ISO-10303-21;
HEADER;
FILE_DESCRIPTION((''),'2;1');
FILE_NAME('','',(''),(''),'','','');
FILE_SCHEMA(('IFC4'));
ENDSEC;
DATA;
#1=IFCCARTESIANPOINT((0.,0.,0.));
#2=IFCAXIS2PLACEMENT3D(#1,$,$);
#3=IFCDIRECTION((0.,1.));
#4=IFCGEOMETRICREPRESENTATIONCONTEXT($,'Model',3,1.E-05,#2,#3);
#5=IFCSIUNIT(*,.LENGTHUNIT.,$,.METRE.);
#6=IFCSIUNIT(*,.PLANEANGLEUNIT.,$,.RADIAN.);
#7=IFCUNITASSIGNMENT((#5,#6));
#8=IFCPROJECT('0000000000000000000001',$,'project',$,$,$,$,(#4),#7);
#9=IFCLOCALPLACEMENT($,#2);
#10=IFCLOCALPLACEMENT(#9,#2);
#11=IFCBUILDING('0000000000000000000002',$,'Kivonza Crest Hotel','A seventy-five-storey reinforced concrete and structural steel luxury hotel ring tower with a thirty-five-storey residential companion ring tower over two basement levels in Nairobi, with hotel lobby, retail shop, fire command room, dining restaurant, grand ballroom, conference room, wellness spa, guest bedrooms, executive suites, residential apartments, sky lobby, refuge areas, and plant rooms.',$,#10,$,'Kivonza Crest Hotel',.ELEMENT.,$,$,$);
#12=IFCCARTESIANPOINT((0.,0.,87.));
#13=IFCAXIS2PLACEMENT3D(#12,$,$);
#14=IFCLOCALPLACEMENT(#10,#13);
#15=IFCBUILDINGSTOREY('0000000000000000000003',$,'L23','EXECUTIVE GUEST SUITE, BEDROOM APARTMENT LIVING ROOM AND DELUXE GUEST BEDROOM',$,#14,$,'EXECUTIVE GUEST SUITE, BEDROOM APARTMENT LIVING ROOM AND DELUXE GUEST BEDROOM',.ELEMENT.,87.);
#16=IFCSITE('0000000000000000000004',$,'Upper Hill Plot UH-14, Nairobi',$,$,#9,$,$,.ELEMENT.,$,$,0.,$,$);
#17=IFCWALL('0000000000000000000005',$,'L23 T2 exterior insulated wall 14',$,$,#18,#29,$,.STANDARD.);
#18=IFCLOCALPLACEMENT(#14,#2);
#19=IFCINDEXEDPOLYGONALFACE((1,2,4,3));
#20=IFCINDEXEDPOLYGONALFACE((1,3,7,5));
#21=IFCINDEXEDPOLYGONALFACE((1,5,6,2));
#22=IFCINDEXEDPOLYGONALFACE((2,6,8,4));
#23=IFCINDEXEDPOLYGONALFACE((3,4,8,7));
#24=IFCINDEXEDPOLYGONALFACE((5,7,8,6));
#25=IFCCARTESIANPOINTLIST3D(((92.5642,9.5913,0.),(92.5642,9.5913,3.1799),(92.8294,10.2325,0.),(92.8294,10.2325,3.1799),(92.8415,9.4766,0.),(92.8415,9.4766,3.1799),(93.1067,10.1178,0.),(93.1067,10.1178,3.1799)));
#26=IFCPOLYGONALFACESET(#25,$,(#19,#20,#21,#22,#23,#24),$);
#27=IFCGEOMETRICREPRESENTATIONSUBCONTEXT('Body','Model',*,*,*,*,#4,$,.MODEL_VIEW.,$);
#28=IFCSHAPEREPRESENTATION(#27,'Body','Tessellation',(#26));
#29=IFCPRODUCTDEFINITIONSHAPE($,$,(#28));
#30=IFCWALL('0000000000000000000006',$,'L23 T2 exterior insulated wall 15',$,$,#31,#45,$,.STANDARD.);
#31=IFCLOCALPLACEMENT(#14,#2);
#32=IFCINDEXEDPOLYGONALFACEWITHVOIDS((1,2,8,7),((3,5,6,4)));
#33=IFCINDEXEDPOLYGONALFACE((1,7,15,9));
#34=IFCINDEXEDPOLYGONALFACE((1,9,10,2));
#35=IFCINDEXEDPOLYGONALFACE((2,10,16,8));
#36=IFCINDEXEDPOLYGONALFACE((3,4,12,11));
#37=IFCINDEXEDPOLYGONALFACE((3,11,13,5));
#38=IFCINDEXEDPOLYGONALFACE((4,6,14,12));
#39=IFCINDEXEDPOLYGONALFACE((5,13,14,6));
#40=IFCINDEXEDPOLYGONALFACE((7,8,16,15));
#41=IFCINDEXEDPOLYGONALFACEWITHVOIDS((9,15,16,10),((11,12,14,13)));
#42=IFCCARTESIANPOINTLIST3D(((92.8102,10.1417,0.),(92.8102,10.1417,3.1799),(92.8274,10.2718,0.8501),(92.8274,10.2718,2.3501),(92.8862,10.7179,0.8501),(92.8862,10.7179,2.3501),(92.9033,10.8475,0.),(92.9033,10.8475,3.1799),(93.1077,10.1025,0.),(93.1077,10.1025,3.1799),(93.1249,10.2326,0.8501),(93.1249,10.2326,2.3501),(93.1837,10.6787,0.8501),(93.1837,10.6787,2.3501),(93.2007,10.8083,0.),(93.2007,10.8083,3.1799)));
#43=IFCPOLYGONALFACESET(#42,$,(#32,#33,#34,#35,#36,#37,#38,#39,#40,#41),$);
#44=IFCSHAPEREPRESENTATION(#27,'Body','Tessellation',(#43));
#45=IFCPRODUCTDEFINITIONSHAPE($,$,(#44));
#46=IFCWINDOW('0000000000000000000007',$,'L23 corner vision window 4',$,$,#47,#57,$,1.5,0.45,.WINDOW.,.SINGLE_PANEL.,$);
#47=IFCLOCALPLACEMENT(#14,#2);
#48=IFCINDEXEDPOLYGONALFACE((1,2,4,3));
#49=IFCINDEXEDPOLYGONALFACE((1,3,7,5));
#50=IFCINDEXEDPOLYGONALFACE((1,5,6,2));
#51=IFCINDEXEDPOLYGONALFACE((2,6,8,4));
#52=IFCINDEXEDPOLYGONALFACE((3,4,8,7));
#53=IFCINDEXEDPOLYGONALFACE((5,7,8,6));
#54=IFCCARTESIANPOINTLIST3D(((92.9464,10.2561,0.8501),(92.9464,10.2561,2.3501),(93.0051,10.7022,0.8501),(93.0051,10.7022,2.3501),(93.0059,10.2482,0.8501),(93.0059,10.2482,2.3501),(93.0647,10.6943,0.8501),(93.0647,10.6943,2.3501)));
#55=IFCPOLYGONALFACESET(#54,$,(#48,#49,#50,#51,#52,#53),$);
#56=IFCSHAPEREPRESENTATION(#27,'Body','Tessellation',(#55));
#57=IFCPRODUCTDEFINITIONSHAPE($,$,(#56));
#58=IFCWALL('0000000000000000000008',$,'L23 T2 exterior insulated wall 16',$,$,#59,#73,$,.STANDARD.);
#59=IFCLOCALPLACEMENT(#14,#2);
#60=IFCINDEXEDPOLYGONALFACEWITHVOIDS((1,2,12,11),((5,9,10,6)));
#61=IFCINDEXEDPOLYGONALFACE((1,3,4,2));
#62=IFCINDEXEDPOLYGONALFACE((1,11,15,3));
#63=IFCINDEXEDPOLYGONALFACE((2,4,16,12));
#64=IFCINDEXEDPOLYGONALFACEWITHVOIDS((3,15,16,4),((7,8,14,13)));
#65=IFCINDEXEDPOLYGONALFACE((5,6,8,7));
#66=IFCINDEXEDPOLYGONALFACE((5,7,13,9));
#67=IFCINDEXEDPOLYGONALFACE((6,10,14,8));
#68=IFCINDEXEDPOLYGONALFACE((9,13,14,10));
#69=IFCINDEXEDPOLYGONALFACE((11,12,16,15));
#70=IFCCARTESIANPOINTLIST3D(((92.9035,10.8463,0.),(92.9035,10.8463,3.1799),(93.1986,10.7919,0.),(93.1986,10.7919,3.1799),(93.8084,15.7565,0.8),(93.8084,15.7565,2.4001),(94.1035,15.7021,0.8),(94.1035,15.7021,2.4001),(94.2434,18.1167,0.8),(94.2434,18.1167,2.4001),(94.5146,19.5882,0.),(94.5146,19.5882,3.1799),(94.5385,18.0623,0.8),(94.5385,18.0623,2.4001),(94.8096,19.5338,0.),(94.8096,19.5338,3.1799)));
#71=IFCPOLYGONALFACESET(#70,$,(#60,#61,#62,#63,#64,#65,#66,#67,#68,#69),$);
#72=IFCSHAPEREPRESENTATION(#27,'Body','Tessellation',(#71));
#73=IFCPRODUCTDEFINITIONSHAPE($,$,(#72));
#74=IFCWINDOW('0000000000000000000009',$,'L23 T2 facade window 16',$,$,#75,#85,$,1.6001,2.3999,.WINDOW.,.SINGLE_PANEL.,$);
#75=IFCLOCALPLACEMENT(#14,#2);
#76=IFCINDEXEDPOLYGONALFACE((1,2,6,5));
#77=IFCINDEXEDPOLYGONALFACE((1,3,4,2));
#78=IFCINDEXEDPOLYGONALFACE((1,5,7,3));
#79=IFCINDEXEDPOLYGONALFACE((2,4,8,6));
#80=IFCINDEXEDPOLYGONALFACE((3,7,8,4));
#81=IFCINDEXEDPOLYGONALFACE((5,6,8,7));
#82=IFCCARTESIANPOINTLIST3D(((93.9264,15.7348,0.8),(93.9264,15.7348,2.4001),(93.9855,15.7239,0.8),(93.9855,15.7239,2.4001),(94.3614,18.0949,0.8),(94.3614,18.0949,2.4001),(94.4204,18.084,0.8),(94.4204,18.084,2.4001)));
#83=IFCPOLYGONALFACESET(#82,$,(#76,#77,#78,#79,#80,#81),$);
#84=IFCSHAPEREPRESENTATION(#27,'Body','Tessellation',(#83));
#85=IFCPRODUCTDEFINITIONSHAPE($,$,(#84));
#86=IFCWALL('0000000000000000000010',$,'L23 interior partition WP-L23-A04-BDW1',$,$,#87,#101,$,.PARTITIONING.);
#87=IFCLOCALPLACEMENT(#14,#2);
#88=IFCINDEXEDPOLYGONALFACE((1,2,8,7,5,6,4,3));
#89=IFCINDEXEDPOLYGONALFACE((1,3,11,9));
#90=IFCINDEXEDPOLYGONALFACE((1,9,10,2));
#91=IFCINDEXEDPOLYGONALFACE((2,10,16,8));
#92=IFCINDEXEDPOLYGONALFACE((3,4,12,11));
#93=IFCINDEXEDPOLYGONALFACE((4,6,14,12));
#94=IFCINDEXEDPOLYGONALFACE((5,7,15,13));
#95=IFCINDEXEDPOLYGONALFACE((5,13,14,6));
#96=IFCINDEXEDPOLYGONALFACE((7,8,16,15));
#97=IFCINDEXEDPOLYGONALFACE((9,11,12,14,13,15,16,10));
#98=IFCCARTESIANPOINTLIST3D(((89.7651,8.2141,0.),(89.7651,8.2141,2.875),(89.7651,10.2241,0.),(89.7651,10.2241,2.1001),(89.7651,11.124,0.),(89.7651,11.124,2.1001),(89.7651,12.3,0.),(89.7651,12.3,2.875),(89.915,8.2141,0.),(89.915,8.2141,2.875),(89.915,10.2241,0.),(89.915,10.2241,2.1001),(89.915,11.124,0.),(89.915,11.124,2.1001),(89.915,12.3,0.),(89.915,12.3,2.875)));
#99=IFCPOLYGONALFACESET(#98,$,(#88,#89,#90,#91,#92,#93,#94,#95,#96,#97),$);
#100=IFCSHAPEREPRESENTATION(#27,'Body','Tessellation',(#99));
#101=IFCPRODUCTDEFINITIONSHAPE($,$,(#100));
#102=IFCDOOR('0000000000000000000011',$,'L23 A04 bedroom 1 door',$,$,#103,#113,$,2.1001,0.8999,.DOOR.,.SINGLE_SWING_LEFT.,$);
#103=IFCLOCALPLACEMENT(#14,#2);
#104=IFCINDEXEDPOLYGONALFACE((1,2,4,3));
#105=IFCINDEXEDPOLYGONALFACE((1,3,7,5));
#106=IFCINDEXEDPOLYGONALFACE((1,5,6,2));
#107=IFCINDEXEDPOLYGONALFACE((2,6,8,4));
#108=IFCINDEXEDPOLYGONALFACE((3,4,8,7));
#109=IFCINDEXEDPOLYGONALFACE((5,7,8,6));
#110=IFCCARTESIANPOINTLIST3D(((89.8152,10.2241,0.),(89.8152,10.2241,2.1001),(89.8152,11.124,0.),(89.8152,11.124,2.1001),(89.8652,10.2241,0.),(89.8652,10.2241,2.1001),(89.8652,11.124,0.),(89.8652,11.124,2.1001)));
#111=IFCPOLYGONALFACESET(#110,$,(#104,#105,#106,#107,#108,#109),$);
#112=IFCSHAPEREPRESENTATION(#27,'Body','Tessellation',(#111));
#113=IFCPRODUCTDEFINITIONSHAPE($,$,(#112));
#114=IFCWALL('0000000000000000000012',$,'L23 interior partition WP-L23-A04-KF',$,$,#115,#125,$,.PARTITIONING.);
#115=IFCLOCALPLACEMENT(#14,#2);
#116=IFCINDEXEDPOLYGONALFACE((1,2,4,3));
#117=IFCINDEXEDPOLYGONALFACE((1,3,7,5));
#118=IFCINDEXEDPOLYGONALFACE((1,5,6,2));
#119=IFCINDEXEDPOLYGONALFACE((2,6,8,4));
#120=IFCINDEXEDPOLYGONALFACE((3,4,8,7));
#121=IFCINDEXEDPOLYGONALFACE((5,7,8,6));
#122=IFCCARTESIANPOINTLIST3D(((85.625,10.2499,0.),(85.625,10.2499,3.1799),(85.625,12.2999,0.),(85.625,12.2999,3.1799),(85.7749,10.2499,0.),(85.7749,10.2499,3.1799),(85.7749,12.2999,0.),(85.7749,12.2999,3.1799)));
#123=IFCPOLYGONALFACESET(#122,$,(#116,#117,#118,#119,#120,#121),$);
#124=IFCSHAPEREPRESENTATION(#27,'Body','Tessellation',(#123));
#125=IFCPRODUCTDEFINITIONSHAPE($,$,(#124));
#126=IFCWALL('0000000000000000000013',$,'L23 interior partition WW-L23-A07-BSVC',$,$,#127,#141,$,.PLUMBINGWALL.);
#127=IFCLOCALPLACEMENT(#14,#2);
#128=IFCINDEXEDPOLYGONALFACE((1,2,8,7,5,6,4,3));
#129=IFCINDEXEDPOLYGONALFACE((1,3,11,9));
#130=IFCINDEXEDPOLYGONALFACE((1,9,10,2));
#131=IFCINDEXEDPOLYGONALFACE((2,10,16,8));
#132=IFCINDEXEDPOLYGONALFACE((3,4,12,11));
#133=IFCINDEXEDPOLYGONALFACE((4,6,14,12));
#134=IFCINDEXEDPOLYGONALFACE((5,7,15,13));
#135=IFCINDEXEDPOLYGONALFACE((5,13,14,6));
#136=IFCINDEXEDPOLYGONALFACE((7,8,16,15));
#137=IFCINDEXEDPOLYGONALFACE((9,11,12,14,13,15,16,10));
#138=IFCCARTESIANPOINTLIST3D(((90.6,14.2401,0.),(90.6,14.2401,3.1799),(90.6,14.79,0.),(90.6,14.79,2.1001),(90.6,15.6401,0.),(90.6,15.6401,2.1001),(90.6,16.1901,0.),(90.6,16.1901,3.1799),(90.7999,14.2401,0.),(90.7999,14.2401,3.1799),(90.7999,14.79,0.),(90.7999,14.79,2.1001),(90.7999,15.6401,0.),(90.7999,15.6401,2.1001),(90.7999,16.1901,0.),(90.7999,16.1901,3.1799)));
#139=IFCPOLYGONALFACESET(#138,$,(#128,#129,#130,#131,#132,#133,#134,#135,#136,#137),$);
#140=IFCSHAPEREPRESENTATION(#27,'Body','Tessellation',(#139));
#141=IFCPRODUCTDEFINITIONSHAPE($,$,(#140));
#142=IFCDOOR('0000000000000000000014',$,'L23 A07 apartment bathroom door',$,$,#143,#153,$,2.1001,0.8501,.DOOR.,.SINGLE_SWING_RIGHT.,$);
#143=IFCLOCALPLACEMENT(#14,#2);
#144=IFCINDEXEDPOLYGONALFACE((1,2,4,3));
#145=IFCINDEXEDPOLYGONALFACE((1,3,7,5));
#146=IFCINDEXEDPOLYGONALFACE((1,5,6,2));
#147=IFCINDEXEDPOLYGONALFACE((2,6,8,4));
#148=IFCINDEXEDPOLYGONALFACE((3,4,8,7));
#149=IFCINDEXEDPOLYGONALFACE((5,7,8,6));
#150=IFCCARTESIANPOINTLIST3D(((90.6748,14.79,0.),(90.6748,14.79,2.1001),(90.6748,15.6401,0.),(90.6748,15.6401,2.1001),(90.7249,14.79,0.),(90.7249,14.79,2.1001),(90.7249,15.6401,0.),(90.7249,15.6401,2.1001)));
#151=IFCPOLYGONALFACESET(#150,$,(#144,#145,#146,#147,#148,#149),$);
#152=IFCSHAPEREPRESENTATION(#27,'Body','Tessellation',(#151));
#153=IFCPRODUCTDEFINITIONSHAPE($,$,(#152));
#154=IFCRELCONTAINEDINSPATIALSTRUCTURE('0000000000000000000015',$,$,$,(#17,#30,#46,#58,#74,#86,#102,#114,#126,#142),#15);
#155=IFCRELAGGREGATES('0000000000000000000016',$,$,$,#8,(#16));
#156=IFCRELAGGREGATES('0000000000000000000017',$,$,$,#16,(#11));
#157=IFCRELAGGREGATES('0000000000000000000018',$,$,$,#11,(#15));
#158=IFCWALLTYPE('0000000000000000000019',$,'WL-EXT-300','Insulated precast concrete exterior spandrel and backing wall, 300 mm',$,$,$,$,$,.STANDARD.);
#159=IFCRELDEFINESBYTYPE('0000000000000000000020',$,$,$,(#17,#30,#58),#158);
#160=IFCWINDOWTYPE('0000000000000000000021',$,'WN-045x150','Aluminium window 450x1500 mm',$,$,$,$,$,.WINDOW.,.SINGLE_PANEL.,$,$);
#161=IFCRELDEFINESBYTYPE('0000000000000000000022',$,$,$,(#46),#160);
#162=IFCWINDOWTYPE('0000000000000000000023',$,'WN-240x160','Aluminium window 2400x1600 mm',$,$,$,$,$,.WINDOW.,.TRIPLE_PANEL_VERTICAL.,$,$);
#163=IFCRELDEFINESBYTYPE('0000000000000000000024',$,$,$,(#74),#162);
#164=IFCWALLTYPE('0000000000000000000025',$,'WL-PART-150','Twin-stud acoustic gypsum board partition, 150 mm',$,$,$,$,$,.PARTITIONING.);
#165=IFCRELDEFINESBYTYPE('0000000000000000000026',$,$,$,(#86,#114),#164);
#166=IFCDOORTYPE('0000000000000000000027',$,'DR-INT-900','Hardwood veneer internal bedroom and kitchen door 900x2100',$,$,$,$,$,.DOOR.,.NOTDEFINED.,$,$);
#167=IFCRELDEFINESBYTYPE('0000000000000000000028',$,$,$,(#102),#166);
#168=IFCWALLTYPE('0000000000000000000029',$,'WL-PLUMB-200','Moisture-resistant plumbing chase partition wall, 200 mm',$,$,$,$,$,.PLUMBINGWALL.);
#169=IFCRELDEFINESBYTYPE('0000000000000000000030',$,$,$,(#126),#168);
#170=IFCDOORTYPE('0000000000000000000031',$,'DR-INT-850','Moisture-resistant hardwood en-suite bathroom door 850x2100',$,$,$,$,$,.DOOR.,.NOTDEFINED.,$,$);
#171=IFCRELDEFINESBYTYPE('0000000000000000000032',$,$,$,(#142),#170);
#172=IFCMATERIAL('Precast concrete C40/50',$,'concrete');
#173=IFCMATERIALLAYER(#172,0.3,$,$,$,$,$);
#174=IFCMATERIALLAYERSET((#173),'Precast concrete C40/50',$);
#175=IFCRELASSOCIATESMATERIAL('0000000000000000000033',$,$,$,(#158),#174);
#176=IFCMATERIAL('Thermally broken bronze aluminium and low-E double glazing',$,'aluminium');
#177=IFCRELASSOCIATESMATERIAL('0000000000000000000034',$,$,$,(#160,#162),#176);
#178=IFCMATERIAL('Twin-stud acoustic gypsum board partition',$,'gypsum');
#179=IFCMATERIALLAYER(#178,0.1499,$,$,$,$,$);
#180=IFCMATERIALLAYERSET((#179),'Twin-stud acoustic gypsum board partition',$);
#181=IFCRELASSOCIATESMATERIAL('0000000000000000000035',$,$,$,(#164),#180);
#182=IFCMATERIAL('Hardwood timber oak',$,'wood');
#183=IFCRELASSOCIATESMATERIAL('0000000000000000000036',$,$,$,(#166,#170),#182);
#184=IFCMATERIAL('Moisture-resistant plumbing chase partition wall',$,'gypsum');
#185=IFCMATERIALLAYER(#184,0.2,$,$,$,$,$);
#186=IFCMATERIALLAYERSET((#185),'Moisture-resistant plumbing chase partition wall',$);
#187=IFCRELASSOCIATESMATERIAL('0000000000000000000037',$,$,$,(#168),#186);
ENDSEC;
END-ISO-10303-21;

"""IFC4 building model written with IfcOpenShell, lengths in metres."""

from ifc_helpers import new_model, si_unit, direction, frame, frame_2d, origin, place, context, subcontext, project, spatial, rectangle, extrude, material, layer, layer_set, type_object, element, fill, save


model = new_model("IFC4")

# Units and contexts
model_context = context("Model", 3, precision=1e-05, world=origin(), true_north=direction((0.0, 1.0)))
body_context = subcontext(model_context, "Body", "Model", "MODEL_VIEW")
ifc_project = project(units=[si_unit("LENGTHUNIT", "METRE"), si_unit("PLANEANGLEUNIT", "RADIAN")], contexts=[model_context])

# Site, building, storey
site_placement = place(None, origin())
site = spatial("IfcSite", under=ifc_project, at=site_placement, Name="Upper Hill Plot UH-14, Nairobi", CompositionType="ELEMENT", RefElevation=0.0)
building_placement = place(site_placement, origin())
building = spatial("IfcBuilding", under=site, at=building_placement, Name="Kivonza Crest Hotel", Description="A seventy-five-storey reinforced concrete and structural steel luxury hotel ring tower with a thirty-five-storey residential companion ring tower over two basement levels in Nairobi, with hotel lobby, retail shop, fire command room, dining restaurant, grand ballroom, conference room, wellness spa, guest bedrooms, executive suites, residential apartments, sky lobby, refuge areas, and plant rooms.", LongName="Kivonza Crest Hotel", CompositionType="ELEMENT")
storey_placement = place(building_placement, frame((0.0, 0.0, 87.0)))
storey = spatial("IfcBuildingStorey", under=building, at=storey_placement, Name="L23", Description="EXECUTIVE GUEST SUITE, BEDROOM APARTMENT LIVING ROOM AND DELUXE GUEST BEDROOM", LongName="EXECUTIVE GUEST SUITE, BEDROOM APARTMENT LIVING ROOM AND DELUXE GUEST BEDROOM", CompositionType="ELEMENT", Elevation=87.0)

# Shared definitions
ifc_material_1 = material(Name="Hardwood timber oak", Category="wood")

# Wall
ifc_material_2 = material(Name="Precast concrete C40/50", Category="concrete")
ifc_layer_1 = layer(ifc_material_2, 0.3)
ifc_layer_set_1 = layer_set([ifc_layer_1], Name="Precast concrete C40/50")
wall_type_1 = type_object("IfcWallType", Name="WL-EXT-300", Description="Insulated precast concrete exterior spandrel and backing wall, 300 mm", PredefinedType="STANDARD", material=ifc_layer_set_1)
for number, where, z_axis, x_axis, name in (
    (1, (92.7029, 9.5339, 0.0), (0.0, 0.0, 1.0), (0.382165, 0.924094, 0.0), "L23 T2 exterior insulated wall 14"),
):
    element("IfcWall", number, at=place(storey_placement, frame(where, z_axis=z_axis, x_axis=x_axis)), inside=storey, type_object=wall_type_1, Name=name, PredefinedType="STANDARD", context=body_context, shape_type="SweptSolid", body=[
        extrude(rectangle(XDim=0.6938, YDim=0.3, at=frame_2d((0.3469, 0.0))), origin(), (0.0, 0.0, 1.0), 3.1799),
    ])

# Walls, openings, windows
wall_1_placement = place(storey_placement, frame((92.959, 10.1221, 0.0), z_axis=(0.0, 0.0, 1.0), x_axis=(0.130659, 0.991427, 0.0)))
wall_1 = element("IfcWall", 2, at=wall_1_placement, inside=storey, type_object=wall_type_1, Name="L23 T2 exterior insulated wall 15", PredefinedType="STANDARD", context=body_context, shape_type="SweptSolid", body=[
    extrude(rectangle(XDim=0.7119, YDim=0.3, at=frame_2d((0.356, 0.0))), origin(), (0.0, 0.0, 1.0), 3.1799),
])
opening_1_placement = place(wall_1_placement, frame((0.1311, 0.0, 0.8501)))
opening_1 = element("IfcOpeningElement", 3, at=opening_1_placement, cuts=wall_1, PredefinedType="OPENING", context=body_context, shape_type="SweptSolid", body=[
    extrude(rectangle(XDim=0.45, YDim=1.5, at=frame_2d((0.2251, 0.75))), frame((0.0, 0.1602, 0.0), z_axis=(0.0, -1.0, 0.0), x_axis=(1.0, 0.0, 0.0)), (0.0, 0.0, 1.0), 0.3201),
])
ifc_material_3 = material(Name="Thermally broken bronze aluminium and low-E double glazing", Category="aluminium")
window_type_1 = type_object("IfcWindowType", Name="WN-045x150", Description="Aluminium window 450x1500 mm", PartitioningType="SINGLE_PANEL", PredefinedType="WINDOW", material=ifc_material_3)
window_1_placement = place(opening_1_placement, origin())
window_1 = element("IfcWindow", 4, at=window_1_placement, inside=storey, type_object=window_type_1, Name="L23 corner vision window 4", OverallHeight=1.5, OverallWidth=0.45, PartitioningType="SINGLE_PANEL", PredefinedType="WINDOW", context=body_context, shape_type="SweptSolid", body=[
    extrude(rectangle(XDim=0.45, YDim=1.5, at=frame_2d((0.2251, 0.75))), frame((0.0, 0.03, 0.0), z_axis=(0.0, -1.0, 0.0), x_axis=(1.0, 0.0, 0.0)), (0.0, 0.0, 1.0), 0.0601),
])
fill(opening_1, window_1)
wall_2_placement = place(storey_placement, frame((93.051, 10.8191, 0.0), z_axis=(0.0, 0.0, 1.0), x_axis=(0.181241, 0.983439, 0.0)))
wall_2 = element("IfcWall", 5, at=wall_2_placement, inside=storey, type_object=wall_type_1, Name="L23 T2 exterior insulated wall 16", PredefinedType="STANDARD", context=body_context, shape_type="SweptSolid", body=[
    extrude(rectangle(XDim=8.8892, YDim=0.3, at=frame_2d((4.4446, 0.0))), origin(), (0.0, 0.0, 1.0), 3.1799),
])
opening_2_placement = place(wall_2_placement, frame((4.9929, 0.0, 0.8)))
opening_2 = element("IfcOpeningElement", 6, at=opening_2_placement, cuts=wall_2, PredefinedType="OPENING", context=body_context, shape_type="SweptSolid", body=[
    extrude(rectangle(XDim=2.3999, YDim=1.6001, at=frame_2d((1.2, 0.8))), frame((0.0, 0.1602, 0.0), z_axis=(0.0, -1.0, 0.0), x_axis=(1.0, 0.0, 0.0)), (0.0, 0.0, 1.0), 0.3201),
])
window_type_2 = type_object("IfcWindowType", Name="WN-240x160", Description="Aluminium window 2400x1600 mm", PartitioningType="TRIPLE_PANEL_VERTICAL", PredefinedType="WINDOW", material=ifc_material_3)
window_2_placement = place(opening_2_placement, origin())
window_2 = element("IfcWindow", 7, at=window_2_placement, inside=storey, type_object=window_type_2, Name="L23 T2 facade window 16", OverallHeight=1.6001, OverallWidth=2.3999, PartitioningType="SINGLE_PANEL", PredefinedType="WINDOW", context=body_context, shape_type="SweptSolid", body=[
    extrude(rectangle(XDim=2.3999, YDim=1.6001, at=frame_2d((1.2, 0.8))), frame((0.0, 0.03, 0.0), z_axis=(0.0, -1.0, 0.0), x_axis=(1.0, 0.0, 0.0)), (0.0, 0.0, 1.0), 0.0601),
])
fill(opening_2, window_2)

# Wall, opening, door
ifc_material_4 = material(Name="Twin-stud acoustic gypsum board partition", Category="gypsum")
ifc_layer_2 = layer(ifc_material_4, 0.1499)
ifc_layer_set_2 = layer_set([ifc_layer_2], Name="Twin-stud acoustic gypsum board partition")
wall_type_2 = type_object("IfcWallType", Name="WL-PART-150", Description="Twin-stud acoustic gypsum board partition, 150 mm", PredefinedType="PARTITIONING", material=ifc_layer_set_2)
wall_3_placement = place(storey_placement, frame((89.8401, 8.2141, 0.0), z_axis=(0.0, 0.0, 1.0), x_axis=(0.0, 1.0, 0.0)))
wall_3 = element("IfcWall", 8, at=wall_3_placement, inside=storey, type_object=wall_type_2, Name="L23 interior partition WP-L23-A04-BDW1", PredefinedType="PARTITIONING", context=body_context, shape_type="SweptSolid", body=[
    extrude(rectangle(XDim=4.0859, YDim=0.1499, at=frame_2d((2.043, 0.0))), origin(), (0.0, 0.0, 1.0), 2.875),
])
opening_3_placement = place(wall_3_placement, frame((2.01, 0.0, 0.0)))
opening_3 = element("IfcOpeningElement", 9, at=opening_3_placement, cuts=wall_3, PredefinedType="OPENING", context=body_context, shape_type="SweptSolid", body=[
    extrude(rectangle(XDim=0.8999, YDim=2.1001, at=frame_2d((0.45, 1.05))), frame((0.0, 0.085, 0.0), z_axis=(0.0, -1.0, 0.0), x_axis=(1.0, 0.0, 0.0)), (0.0, 0.0, 1.0), 0.1699),
])
door_type_1 = type_object("IfcDoorType", Name="DR-INT-900", Description="Hardwood veneer internal bedroom and kitchen door 900x2100", OperationType="NOTDEFINED", PredefinedType="DOOR", material=ifc_material_1)
door_1_placement = place(opening_3_placement, origin())
door_1 = element("IfcDoor", 10, at=door_1_placement, inside=storey, type_object=door_type_1, Name="L23 A04 bedroom 1 door", OperationType="SINGLE_SWING_LEFT", OverallHeight=2.1001, OverallWidth=0.8999, PredefinedType="DOOR", context=body_context, shape_type="SweptSolid", body=[
    extrude(rectangle(XDim=0.8999, YDim=2.1001, at=frame_2d((0.45, 1.05))), frame((0.0, 0.0249, 0.0), z_axis=(0.0, -1.0, 0.0), x_axis=(1.0, 0.0, 0.0)), (0.0, 0.0, 1.0), 0.05),
])
fill(opening_3, door_1)

# Wall
wall_4_placement = place(storey_placement, frame((85.7, 10.25, 0.0), z_axis=(0.0, 0.0, 1.0), x_axis=(0.0, 1.0, 0.0)))
element("IfcWall", 11, at=wall_4_placement, inside=storey, type_object=wall_type_2, Name="L23 interior partition WP-L23-A04-KF", PredefinedType="PARTITIONING", context=body_context, shape_type="SweptSolid", body=[
    extrude(rectangle(XDim=2.05, YDim=0.1499, at=frame_2d((1.0249, 0.0))), origin(), (0.0, 0.0, 1.0), 3.1799),
])

# Wall, opening, door
ifc_material_5 = material(Name="Moisture-resistant plumbing chase partition wall", Category="gypsum")
ifc_layer_3 = layer(ifc_material_5, 0.2)
ifc_layer_set_3 = layer_set([ifc_layer_3], Name="Moisture-resistant plumbing chase partition wall")
wall_type_3 = type_object("IfcWallType", Name="WL-PLUMB-200", Description="Moisture-resistant plumbing chase partition wall, 200 mm", PredefinedType="PLUMBINGWALL", material=ifc_layer_set_3)
wall_5_placement = place(storey_placement, frame((90.7, 14.24, 0.0), z_axis=(0.0, 0.0, 1.0), x_axis=(0.0, 1.0, 0.0)))
wall_5 = element("IfcWall", 12, at=wall_5_placement, inside=storey, type_object=wall_type_3, Name="L23 interior partition WW-L23-A07-BSVC", PredefinedType="PLUMBINGWALL", context=body_context, shape_type="SweptSolid", body=[
    extrude(rectangle(XDim=1.95, YDim=0.2, at=frame_2d((0.9751, 0.0))), origin(), (0.0, 0.0, 1.0), 3.1799),
])
opening_4_placement = place(wall_5_placement, frame((0.55, 0.0, 0.0)))
opening_4 = element("IfcOpeningElement", 13, at=opening_4_placement, cuts=wall_5, PredefinedType="OPENING", context=body_context, shape_type="SweptSolid", body=[
    extrude(rectangle(XDim=0.8501, YDim=2.1001, at=frame_2d((0.425, 1.05))), frame((0.0, 0.1099, 0.0), z_axis=(0.0, -1.0, 0.0), x_axis=(1.0, 0.0, 0.0)), (0.0, 0.0, 1.0), 0.22),
])
door_type_2 = type_object("IfcDoorType", Name="DR-INT-850", Description="Moisture-resistant hardwood en-suite bathroom door 850x2100", OperationType="NOTDEFINED", PredefinedType="DOOR", material=ifc_material_1)
door_2_placement = place(opening_4_placement, frame((0.8501, 0.0, 0.0), z_axis=(0.0, 0.0, 1.0), x_axis=(-1.0, 0.0, 0.0)))
door_2 = element("IfcDoor", 14, at=door_2_placement, inside=storey, type_object=door_type_2, Name="L23 A07 apartment bathroom door", OperationType="SINGLE_SWING_RIGHT", OverallHeight=2.1001, OverallWidth=0.8501, PredefinedType="DOOR", context=body_context, shape_type="SweptSolid", body=[
    extrude(rectangle(XDim=0.8501, YDim=2.1001, at=frame_2d((0.425, 1.05))), frame((0.0, 0.0249, 0.0), z_axis=(0.0, -1.0, 0.0), x_axis=(1.0, 0.0, 0.0)), (0.0, 0.0, 1.0), 0.05),
])
fill(opening_4, door_2)

save(model, "model.ifc")
